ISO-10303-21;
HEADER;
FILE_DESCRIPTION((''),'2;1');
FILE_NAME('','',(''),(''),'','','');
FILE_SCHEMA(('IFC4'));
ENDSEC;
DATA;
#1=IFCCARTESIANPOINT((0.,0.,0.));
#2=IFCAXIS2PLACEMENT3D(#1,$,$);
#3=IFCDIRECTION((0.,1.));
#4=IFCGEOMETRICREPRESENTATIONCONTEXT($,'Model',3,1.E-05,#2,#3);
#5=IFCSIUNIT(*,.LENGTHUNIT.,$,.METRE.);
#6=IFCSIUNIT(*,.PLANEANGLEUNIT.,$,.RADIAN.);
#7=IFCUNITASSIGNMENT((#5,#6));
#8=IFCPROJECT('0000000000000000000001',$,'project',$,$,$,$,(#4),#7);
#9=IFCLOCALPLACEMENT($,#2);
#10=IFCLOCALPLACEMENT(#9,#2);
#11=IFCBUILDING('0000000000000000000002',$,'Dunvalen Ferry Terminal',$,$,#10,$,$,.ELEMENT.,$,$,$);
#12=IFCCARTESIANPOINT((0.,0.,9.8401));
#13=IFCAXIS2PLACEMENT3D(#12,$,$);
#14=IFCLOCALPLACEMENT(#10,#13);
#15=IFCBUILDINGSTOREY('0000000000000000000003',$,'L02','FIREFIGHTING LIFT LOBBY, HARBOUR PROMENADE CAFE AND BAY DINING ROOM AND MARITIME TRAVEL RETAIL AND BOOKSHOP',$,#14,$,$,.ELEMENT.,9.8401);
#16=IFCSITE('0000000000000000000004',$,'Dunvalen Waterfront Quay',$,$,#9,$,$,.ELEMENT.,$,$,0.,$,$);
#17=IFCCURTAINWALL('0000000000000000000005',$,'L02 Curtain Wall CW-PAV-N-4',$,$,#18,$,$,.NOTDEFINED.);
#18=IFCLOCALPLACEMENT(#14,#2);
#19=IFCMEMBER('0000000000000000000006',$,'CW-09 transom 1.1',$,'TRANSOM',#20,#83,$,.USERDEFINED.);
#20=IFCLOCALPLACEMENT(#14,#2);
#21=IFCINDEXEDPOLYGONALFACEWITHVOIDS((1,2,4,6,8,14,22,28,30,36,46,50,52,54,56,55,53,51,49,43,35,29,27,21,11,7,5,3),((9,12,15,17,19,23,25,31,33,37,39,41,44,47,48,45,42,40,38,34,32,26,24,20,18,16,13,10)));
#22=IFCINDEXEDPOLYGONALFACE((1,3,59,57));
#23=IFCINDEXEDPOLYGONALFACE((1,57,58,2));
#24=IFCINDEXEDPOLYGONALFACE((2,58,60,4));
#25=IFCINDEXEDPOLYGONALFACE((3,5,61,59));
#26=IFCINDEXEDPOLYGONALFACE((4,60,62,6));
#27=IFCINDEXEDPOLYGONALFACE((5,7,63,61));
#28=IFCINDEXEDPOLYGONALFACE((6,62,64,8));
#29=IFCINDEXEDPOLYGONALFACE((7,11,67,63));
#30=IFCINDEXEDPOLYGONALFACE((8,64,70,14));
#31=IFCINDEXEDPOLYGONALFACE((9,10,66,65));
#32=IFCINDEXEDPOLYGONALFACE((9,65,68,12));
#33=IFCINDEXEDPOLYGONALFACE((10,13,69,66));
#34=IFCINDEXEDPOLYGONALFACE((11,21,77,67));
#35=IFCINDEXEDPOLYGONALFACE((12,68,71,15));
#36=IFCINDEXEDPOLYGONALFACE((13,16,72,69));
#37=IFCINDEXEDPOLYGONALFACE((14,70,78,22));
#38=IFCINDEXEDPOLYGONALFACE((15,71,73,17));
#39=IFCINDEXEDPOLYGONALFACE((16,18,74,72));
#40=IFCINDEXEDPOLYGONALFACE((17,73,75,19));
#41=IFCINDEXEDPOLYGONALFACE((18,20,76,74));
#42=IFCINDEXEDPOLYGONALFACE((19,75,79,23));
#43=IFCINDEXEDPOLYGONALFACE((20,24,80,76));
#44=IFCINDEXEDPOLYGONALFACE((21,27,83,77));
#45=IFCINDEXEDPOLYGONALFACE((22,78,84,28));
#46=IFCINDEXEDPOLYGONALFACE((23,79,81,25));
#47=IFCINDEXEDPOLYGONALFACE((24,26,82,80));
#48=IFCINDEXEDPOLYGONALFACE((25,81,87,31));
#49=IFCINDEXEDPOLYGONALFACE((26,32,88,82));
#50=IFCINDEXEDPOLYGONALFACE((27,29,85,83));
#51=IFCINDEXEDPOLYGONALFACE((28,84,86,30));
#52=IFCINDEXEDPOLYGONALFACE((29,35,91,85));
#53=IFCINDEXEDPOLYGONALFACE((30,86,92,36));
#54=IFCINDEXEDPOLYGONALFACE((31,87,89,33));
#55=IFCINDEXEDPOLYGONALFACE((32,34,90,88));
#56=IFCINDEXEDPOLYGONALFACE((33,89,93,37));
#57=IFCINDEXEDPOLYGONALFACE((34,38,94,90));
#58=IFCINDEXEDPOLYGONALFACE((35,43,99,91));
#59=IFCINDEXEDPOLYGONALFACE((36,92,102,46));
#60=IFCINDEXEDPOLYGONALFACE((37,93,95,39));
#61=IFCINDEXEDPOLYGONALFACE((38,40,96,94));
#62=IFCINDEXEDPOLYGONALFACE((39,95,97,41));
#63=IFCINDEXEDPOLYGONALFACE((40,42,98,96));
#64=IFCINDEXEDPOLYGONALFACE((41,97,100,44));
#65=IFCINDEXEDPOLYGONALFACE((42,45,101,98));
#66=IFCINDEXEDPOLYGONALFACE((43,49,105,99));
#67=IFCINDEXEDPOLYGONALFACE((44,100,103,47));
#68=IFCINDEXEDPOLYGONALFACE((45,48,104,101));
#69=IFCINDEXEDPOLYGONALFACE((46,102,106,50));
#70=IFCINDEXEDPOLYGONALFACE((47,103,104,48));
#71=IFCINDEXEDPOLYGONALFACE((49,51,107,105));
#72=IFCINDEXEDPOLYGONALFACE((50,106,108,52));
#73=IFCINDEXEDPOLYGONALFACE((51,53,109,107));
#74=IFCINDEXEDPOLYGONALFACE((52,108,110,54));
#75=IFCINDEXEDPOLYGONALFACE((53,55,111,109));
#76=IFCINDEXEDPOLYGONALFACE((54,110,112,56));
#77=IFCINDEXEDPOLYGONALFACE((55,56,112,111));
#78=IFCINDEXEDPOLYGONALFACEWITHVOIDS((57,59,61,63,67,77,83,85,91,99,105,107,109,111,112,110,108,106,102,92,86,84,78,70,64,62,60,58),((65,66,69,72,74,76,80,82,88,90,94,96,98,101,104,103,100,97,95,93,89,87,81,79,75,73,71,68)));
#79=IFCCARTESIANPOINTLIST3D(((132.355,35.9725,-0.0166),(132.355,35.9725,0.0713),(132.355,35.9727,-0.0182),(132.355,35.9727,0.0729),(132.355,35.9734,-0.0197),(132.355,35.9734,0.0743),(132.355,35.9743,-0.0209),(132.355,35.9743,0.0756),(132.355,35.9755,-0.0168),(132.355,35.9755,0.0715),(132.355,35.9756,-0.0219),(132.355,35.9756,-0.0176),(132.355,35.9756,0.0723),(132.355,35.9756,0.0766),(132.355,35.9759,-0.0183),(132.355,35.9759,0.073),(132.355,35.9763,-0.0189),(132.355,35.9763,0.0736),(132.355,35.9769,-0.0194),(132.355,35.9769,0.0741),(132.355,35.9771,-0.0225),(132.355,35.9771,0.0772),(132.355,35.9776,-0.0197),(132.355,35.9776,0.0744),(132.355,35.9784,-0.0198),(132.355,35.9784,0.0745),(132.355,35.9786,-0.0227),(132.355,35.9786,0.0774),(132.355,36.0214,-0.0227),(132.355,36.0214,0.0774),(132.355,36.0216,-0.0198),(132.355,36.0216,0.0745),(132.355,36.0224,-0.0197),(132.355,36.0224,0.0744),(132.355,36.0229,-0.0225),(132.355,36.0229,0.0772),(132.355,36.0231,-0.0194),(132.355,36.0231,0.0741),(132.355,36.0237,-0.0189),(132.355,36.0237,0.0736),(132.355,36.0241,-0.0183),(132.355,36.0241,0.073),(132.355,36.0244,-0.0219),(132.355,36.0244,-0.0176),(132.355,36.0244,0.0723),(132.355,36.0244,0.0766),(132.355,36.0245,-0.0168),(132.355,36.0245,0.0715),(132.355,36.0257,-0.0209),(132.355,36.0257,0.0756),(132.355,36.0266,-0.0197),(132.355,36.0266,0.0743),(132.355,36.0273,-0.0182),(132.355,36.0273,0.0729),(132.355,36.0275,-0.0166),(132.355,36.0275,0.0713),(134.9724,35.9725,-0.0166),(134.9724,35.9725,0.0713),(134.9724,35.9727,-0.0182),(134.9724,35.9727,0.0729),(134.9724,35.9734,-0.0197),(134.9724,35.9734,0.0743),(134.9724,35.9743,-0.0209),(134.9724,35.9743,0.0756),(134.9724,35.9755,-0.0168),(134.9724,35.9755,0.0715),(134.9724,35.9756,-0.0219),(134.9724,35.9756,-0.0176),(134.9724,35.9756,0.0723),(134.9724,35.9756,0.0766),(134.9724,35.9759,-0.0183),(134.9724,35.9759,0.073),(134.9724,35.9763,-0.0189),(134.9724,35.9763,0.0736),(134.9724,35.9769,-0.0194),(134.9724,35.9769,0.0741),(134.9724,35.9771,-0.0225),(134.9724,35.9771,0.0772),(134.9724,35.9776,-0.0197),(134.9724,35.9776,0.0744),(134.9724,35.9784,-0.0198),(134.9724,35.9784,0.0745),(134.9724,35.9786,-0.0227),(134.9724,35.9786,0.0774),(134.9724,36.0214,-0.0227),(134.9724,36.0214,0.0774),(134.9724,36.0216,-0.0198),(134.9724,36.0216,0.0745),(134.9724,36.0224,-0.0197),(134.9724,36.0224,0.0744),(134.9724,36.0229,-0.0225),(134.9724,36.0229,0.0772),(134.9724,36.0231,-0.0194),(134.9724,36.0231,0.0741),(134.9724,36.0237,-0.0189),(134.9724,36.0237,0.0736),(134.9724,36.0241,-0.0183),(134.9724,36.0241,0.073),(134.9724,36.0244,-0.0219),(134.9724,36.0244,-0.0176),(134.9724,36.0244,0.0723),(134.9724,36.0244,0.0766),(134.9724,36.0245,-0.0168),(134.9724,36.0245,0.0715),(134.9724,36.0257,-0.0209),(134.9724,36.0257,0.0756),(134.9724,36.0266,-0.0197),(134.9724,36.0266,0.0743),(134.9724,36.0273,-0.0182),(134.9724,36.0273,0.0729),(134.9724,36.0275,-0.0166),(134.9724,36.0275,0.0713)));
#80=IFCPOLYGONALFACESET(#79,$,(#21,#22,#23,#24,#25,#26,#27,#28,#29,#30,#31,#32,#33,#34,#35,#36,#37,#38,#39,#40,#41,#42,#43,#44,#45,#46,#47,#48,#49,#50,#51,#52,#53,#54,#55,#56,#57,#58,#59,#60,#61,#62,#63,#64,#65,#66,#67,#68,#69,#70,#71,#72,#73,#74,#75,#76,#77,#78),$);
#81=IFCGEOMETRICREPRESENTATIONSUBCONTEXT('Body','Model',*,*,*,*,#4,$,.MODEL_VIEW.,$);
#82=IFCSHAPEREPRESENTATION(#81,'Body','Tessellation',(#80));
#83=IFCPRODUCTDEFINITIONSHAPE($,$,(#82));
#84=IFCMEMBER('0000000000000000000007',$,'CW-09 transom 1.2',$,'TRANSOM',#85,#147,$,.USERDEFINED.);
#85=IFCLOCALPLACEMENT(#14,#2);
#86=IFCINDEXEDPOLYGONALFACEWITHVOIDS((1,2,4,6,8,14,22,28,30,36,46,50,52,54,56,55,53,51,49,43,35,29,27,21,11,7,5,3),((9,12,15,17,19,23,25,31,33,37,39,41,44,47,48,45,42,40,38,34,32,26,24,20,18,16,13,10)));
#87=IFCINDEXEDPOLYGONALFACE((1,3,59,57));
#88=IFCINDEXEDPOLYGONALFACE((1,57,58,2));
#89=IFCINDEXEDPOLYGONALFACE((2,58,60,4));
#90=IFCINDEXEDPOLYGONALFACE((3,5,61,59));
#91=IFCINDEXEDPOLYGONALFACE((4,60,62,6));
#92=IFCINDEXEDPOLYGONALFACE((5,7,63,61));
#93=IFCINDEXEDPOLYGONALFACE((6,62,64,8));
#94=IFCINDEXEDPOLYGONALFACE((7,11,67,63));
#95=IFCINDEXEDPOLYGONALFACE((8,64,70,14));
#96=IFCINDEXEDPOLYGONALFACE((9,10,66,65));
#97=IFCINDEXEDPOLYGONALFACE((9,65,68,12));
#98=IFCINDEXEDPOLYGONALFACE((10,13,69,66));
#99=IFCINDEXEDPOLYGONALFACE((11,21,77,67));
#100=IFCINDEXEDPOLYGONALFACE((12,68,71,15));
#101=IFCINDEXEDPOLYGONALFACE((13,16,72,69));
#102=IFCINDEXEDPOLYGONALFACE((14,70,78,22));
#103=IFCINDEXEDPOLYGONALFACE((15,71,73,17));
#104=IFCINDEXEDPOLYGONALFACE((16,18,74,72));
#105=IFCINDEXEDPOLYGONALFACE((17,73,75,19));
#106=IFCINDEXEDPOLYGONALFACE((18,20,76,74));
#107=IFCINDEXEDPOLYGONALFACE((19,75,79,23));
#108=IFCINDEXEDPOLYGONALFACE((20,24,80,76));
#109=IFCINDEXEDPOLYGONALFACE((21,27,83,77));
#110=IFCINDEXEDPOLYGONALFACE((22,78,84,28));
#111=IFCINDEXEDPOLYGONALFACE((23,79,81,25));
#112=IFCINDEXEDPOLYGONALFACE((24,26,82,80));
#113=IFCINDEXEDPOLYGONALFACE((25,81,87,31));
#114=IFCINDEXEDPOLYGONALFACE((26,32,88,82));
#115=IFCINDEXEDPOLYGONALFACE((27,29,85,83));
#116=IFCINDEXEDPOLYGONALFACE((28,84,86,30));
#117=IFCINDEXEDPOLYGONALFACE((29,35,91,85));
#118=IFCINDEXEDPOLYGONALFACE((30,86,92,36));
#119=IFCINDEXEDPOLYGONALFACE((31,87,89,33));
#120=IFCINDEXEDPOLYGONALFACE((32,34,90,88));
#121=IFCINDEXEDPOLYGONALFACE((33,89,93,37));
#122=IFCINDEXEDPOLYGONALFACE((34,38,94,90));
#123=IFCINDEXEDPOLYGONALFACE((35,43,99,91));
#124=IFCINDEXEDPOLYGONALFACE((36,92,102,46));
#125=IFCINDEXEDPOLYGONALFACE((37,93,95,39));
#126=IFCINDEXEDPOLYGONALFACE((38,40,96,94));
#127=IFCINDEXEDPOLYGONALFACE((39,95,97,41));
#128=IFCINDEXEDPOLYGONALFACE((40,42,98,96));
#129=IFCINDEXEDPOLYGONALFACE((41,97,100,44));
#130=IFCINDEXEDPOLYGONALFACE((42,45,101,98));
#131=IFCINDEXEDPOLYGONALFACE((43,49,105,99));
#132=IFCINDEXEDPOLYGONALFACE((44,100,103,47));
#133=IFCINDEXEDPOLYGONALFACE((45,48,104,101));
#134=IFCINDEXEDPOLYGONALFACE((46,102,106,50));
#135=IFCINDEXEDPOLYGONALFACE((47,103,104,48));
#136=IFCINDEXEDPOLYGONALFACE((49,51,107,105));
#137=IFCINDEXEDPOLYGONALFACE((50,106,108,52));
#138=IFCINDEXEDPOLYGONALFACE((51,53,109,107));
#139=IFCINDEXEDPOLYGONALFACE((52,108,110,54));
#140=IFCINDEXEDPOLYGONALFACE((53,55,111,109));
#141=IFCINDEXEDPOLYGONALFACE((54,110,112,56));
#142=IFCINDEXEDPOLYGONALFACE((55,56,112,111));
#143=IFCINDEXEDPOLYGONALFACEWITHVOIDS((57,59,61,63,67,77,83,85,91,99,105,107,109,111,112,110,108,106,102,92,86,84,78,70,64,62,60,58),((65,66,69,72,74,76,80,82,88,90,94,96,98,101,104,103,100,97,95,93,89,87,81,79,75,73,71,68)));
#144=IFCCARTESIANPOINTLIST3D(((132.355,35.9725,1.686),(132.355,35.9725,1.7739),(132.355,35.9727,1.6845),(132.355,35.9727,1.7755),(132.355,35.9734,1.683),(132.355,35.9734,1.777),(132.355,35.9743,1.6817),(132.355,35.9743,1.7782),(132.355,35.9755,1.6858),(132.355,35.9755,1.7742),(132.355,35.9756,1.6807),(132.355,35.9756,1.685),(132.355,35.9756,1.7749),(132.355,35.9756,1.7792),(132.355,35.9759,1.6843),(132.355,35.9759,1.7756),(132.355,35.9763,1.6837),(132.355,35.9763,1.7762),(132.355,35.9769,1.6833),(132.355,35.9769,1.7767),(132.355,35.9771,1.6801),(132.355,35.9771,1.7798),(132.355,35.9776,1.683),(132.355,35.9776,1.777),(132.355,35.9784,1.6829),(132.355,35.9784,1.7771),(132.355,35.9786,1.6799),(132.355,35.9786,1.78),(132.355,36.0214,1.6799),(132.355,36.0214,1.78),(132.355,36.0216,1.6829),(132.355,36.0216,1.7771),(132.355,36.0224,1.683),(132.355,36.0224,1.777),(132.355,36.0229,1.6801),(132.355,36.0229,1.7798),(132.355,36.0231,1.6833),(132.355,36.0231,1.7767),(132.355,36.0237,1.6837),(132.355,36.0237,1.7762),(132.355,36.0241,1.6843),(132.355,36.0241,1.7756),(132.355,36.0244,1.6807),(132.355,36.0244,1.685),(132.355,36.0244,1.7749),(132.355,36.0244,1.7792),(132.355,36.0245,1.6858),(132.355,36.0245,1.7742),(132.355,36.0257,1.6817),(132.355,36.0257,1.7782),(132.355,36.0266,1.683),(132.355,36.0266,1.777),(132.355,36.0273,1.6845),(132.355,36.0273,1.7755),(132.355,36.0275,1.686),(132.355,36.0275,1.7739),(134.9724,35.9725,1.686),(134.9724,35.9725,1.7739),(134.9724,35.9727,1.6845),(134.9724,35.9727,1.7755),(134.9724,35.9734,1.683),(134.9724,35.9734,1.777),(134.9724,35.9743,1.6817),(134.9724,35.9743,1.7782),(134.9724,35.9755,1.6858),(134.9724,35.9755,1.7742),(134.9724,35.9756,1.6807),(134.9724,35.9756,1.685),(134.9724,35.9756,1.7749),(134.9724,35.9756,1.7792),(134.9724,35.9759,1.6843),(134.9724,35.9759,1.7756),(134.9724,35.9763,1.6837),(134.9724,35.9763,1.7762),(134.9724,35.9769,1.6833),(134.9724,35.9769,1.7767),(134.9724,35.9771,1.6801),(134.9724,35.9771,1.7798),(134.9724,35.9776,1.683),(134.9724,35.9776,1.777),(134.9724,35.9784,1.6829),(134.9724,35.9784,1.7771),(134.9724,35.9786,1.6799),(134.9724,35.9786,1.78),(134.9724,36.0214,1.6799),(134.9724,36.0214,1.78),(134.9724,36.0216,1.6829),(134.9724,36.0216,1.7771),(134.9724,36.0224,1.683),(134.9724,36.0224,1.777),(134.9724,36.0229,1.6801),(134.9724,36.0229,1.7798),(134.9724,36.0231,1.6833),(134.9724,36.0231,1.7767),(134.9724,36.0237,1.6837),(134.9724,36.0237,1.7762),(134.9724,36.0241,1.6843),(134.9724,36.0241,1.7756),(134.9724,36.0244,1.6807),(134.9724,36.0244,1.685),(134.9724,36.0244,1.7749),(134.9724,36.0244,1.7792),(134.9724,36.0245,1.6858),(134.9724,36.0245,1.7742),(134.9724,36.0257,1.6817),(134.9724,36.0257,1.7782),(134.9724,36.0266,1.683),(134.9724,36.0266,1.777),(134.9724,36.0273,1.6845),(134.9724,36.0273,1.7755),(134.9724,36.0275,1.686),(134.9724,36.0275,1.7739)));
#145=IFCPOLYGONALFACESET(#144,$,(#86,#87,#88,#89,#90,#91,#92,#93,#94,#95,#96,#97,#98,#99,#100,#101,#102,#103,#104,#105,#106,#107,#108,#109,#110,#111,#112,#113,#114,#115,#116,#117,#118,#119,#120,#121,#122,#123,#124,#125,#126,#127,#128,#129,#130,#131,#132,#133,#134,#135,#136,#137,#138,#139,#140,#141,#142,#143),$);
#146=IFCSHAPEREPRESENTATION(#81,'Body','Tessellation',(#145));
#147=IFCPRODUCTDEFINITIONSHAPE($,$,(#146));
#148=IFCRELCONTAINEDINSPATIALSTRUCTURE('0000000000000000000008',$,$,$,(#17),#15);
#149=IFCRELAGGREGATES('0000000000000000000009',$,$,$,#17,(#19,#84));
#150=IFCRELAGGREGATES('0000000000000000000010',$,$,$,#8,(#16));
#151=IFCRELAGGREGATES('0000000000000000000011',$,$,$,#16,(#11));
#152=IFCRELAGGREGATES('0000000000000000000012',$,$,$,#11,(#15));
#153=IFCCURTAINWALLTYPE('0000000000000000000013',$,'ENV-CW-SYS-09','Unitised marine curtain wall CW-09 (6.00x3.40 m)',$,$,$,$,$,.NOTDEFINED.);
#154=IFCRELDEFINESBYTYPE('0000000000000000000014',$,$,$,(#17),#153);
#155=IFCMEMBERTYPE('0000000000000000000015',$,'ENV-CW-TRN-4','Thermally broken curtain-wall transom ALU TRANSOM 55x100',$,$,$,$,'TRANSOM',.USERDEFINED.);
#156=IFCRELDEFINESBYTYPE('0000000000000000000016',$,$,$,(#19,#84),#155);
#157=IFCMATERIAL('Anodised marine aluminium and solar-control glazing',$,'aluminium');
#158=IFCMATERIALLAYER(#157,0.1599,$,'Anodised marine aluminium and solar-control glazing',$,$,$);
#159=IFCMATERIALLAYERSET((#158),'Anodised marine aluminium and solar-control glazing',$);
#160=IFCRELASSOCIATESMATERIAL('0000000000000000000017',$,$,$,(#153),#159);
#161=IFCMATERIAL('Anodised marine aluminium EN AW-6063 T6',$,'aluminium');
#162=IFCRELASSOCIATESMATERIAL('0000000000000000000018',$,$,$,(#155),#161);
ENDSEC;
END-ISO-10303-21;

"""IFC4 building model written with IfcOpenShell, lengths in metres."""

from ifc_helpers import new_model, si_unit, direction, frame, origin, origin_2d, place, context, subcontext, project, spatial, hollow_rectangle, extrude, material, layer, layer_set, material_profile, profile_set, type_object, element, aggregate, save


model = new_model("IFC4")

# Units and contexts
model_context = context("Model", 3, precision=1e-05, world=origin(), true_north=direction((0.0, 1.0)))
body_context = subcontext(model_context, "Body", "Model", "MODEL_VIEW")
ifc_project = project(units=[si_unit("LENGTHUNIT", "METRE"), si_unit("PLANEANGLEUNIT", "RADIAN")], contexts=[model_context])

# Site, building, storey
site_placement = place(None, origin())
site = spatial("IfcSite", under=ifc_project, at=site_placement, Name="Dunvalen Waterfront Quay", CompositionType="ELEMENT", RefElevation=0.0)
building_placement = place(site_placement, origin())
building = spatial("IfcBuilding", under=site, at=building_placement, Name="Dunvalen Ferry Terminal", CompositionType="ELEMENT")
storey_placement = place(building_placement, frame((0.0, 0.0, 9.8401)))
storey = spatial("IfcBuildingStorey", under=building, at=storey_placement, Name="L02", Description="FIREFIGHTING LIFT LOBBY, HARBOUR PROMENADE CAFE AND BAY DINING ROOM AND MARITIME TRAVEL RETAIL AND BOOKSHOP", CompositionType="ELEMENT", Elevation=9.8401)

# Shared definitions
ifc_material_1 = material(Name="Anodised marine aluminium and solar-control glazing", Category="aluminium")
ifc_layer_1 = layer(ifc_material_1, 0.1599, Name="Anodised marine aluminium and solar-control glazing")
ifc_layer_set_1 = layer_set([ifc_layer_1], Name="Anodised marine aluminium and solar-control glazing")
curtain_wall_type = type_object("IfcCurtainWallType", Name="ENV-CW-SYS-09", Description="Unitised marine curtain wall CW-09 (6.00x3.40 m)", PredefinedType="NOTDEFINED", material=ifc_layer_set_1)
ifc_material_2 = material(Name="Anodised marine aluminium EN AW-6063 T6", Category="aluminium")

# Curtain wall, members
curtain_wall_1_placement = place(storey_placement, origin())
curtain_wall_1 = element("IfcCurtainWall", 1, at=curtain_wall_1_placement, inside=storey, type_object=curtain_wall_type, Name="L02 Curtain Wall CW-PAV-N-4", PredefinedType="NOTDEFINED")
ifc_material_profile_1 = material_profile(ifc_material_2, hollow_rectangle(XDim=0.0549, YDim=0.1001, WallThickness=0.0029, InnerFilletRadius=0.0029, OuterFilletRadius=0.0061, at=origin_2d()), Name="Anodised marine aluminium EN AW-6063 T6")
ifc_profile_set_1 = profile_set([ifc_material_profile_1], Name="Anodised marine aluminium EN AW-6063 T6")
member_type_1 = type_object("IfcMemberType", Name="ENV-CW-TRN-4", Description="Thermally broken curtain-wall transom ALU TRANSOM 55x100", ElementType="TRANSOM", PredefinedType="USERDEFINED", material=ifc_profile_set_1)
member_1_placement = place(storey_placement, frame((132.355, 36.0, 0.0273), z_axis=(1.0, 0.0, 0.0), x_axis=(0.0, 1.0, 0.0)))
member_1 = element("IfcMember", 2, at=member_1_placement, type_object=member_type_1, Name="CW-09 transom 1.1", ObjectType="TRANSOM", PredefinedType="USERDEFINED", context=body_context, shape_type="SweptSolid", body=[
    extrude(hollow_rectangle(XDim=0.0549, YDim=0.1001, WallThickness=0.0029, InnerFilletRadius=0.0029, OuterFilletRadius=0.0061, at=origin_2d()), origin(), (0.0, 0.0, 1.0), 2.6174),
])
member_2_placement = place(storey_placement, frame((132.355, 36.0, 1.73), z_axis=(1.0, 0.0, 0.0), x_axis=(0.0, 1.0, 0.0)))
member_2 = element("IfcMember", 3, at=member_2_placement, type_object=member_type_1, Name="CW-09 transom 1.2", ObjectType="TRANSOM", PredefinedType="USERDEFINED", context=body_context, shape_type="SweptSolid", body=[
    extrude(hollow_rectangle(XDim=0.0549, YDim=0.1001, WallThickness=0.0029, InnerFilletRadius=0.0029, OuterFilletRadius=0.0061, at=origin_2d()), origin(), (0.0, 0.0, 1.0), 2.6174),
])

aggregate(curtain_wall_1, [member_1, member_2])

save(model, "model.ifc")
